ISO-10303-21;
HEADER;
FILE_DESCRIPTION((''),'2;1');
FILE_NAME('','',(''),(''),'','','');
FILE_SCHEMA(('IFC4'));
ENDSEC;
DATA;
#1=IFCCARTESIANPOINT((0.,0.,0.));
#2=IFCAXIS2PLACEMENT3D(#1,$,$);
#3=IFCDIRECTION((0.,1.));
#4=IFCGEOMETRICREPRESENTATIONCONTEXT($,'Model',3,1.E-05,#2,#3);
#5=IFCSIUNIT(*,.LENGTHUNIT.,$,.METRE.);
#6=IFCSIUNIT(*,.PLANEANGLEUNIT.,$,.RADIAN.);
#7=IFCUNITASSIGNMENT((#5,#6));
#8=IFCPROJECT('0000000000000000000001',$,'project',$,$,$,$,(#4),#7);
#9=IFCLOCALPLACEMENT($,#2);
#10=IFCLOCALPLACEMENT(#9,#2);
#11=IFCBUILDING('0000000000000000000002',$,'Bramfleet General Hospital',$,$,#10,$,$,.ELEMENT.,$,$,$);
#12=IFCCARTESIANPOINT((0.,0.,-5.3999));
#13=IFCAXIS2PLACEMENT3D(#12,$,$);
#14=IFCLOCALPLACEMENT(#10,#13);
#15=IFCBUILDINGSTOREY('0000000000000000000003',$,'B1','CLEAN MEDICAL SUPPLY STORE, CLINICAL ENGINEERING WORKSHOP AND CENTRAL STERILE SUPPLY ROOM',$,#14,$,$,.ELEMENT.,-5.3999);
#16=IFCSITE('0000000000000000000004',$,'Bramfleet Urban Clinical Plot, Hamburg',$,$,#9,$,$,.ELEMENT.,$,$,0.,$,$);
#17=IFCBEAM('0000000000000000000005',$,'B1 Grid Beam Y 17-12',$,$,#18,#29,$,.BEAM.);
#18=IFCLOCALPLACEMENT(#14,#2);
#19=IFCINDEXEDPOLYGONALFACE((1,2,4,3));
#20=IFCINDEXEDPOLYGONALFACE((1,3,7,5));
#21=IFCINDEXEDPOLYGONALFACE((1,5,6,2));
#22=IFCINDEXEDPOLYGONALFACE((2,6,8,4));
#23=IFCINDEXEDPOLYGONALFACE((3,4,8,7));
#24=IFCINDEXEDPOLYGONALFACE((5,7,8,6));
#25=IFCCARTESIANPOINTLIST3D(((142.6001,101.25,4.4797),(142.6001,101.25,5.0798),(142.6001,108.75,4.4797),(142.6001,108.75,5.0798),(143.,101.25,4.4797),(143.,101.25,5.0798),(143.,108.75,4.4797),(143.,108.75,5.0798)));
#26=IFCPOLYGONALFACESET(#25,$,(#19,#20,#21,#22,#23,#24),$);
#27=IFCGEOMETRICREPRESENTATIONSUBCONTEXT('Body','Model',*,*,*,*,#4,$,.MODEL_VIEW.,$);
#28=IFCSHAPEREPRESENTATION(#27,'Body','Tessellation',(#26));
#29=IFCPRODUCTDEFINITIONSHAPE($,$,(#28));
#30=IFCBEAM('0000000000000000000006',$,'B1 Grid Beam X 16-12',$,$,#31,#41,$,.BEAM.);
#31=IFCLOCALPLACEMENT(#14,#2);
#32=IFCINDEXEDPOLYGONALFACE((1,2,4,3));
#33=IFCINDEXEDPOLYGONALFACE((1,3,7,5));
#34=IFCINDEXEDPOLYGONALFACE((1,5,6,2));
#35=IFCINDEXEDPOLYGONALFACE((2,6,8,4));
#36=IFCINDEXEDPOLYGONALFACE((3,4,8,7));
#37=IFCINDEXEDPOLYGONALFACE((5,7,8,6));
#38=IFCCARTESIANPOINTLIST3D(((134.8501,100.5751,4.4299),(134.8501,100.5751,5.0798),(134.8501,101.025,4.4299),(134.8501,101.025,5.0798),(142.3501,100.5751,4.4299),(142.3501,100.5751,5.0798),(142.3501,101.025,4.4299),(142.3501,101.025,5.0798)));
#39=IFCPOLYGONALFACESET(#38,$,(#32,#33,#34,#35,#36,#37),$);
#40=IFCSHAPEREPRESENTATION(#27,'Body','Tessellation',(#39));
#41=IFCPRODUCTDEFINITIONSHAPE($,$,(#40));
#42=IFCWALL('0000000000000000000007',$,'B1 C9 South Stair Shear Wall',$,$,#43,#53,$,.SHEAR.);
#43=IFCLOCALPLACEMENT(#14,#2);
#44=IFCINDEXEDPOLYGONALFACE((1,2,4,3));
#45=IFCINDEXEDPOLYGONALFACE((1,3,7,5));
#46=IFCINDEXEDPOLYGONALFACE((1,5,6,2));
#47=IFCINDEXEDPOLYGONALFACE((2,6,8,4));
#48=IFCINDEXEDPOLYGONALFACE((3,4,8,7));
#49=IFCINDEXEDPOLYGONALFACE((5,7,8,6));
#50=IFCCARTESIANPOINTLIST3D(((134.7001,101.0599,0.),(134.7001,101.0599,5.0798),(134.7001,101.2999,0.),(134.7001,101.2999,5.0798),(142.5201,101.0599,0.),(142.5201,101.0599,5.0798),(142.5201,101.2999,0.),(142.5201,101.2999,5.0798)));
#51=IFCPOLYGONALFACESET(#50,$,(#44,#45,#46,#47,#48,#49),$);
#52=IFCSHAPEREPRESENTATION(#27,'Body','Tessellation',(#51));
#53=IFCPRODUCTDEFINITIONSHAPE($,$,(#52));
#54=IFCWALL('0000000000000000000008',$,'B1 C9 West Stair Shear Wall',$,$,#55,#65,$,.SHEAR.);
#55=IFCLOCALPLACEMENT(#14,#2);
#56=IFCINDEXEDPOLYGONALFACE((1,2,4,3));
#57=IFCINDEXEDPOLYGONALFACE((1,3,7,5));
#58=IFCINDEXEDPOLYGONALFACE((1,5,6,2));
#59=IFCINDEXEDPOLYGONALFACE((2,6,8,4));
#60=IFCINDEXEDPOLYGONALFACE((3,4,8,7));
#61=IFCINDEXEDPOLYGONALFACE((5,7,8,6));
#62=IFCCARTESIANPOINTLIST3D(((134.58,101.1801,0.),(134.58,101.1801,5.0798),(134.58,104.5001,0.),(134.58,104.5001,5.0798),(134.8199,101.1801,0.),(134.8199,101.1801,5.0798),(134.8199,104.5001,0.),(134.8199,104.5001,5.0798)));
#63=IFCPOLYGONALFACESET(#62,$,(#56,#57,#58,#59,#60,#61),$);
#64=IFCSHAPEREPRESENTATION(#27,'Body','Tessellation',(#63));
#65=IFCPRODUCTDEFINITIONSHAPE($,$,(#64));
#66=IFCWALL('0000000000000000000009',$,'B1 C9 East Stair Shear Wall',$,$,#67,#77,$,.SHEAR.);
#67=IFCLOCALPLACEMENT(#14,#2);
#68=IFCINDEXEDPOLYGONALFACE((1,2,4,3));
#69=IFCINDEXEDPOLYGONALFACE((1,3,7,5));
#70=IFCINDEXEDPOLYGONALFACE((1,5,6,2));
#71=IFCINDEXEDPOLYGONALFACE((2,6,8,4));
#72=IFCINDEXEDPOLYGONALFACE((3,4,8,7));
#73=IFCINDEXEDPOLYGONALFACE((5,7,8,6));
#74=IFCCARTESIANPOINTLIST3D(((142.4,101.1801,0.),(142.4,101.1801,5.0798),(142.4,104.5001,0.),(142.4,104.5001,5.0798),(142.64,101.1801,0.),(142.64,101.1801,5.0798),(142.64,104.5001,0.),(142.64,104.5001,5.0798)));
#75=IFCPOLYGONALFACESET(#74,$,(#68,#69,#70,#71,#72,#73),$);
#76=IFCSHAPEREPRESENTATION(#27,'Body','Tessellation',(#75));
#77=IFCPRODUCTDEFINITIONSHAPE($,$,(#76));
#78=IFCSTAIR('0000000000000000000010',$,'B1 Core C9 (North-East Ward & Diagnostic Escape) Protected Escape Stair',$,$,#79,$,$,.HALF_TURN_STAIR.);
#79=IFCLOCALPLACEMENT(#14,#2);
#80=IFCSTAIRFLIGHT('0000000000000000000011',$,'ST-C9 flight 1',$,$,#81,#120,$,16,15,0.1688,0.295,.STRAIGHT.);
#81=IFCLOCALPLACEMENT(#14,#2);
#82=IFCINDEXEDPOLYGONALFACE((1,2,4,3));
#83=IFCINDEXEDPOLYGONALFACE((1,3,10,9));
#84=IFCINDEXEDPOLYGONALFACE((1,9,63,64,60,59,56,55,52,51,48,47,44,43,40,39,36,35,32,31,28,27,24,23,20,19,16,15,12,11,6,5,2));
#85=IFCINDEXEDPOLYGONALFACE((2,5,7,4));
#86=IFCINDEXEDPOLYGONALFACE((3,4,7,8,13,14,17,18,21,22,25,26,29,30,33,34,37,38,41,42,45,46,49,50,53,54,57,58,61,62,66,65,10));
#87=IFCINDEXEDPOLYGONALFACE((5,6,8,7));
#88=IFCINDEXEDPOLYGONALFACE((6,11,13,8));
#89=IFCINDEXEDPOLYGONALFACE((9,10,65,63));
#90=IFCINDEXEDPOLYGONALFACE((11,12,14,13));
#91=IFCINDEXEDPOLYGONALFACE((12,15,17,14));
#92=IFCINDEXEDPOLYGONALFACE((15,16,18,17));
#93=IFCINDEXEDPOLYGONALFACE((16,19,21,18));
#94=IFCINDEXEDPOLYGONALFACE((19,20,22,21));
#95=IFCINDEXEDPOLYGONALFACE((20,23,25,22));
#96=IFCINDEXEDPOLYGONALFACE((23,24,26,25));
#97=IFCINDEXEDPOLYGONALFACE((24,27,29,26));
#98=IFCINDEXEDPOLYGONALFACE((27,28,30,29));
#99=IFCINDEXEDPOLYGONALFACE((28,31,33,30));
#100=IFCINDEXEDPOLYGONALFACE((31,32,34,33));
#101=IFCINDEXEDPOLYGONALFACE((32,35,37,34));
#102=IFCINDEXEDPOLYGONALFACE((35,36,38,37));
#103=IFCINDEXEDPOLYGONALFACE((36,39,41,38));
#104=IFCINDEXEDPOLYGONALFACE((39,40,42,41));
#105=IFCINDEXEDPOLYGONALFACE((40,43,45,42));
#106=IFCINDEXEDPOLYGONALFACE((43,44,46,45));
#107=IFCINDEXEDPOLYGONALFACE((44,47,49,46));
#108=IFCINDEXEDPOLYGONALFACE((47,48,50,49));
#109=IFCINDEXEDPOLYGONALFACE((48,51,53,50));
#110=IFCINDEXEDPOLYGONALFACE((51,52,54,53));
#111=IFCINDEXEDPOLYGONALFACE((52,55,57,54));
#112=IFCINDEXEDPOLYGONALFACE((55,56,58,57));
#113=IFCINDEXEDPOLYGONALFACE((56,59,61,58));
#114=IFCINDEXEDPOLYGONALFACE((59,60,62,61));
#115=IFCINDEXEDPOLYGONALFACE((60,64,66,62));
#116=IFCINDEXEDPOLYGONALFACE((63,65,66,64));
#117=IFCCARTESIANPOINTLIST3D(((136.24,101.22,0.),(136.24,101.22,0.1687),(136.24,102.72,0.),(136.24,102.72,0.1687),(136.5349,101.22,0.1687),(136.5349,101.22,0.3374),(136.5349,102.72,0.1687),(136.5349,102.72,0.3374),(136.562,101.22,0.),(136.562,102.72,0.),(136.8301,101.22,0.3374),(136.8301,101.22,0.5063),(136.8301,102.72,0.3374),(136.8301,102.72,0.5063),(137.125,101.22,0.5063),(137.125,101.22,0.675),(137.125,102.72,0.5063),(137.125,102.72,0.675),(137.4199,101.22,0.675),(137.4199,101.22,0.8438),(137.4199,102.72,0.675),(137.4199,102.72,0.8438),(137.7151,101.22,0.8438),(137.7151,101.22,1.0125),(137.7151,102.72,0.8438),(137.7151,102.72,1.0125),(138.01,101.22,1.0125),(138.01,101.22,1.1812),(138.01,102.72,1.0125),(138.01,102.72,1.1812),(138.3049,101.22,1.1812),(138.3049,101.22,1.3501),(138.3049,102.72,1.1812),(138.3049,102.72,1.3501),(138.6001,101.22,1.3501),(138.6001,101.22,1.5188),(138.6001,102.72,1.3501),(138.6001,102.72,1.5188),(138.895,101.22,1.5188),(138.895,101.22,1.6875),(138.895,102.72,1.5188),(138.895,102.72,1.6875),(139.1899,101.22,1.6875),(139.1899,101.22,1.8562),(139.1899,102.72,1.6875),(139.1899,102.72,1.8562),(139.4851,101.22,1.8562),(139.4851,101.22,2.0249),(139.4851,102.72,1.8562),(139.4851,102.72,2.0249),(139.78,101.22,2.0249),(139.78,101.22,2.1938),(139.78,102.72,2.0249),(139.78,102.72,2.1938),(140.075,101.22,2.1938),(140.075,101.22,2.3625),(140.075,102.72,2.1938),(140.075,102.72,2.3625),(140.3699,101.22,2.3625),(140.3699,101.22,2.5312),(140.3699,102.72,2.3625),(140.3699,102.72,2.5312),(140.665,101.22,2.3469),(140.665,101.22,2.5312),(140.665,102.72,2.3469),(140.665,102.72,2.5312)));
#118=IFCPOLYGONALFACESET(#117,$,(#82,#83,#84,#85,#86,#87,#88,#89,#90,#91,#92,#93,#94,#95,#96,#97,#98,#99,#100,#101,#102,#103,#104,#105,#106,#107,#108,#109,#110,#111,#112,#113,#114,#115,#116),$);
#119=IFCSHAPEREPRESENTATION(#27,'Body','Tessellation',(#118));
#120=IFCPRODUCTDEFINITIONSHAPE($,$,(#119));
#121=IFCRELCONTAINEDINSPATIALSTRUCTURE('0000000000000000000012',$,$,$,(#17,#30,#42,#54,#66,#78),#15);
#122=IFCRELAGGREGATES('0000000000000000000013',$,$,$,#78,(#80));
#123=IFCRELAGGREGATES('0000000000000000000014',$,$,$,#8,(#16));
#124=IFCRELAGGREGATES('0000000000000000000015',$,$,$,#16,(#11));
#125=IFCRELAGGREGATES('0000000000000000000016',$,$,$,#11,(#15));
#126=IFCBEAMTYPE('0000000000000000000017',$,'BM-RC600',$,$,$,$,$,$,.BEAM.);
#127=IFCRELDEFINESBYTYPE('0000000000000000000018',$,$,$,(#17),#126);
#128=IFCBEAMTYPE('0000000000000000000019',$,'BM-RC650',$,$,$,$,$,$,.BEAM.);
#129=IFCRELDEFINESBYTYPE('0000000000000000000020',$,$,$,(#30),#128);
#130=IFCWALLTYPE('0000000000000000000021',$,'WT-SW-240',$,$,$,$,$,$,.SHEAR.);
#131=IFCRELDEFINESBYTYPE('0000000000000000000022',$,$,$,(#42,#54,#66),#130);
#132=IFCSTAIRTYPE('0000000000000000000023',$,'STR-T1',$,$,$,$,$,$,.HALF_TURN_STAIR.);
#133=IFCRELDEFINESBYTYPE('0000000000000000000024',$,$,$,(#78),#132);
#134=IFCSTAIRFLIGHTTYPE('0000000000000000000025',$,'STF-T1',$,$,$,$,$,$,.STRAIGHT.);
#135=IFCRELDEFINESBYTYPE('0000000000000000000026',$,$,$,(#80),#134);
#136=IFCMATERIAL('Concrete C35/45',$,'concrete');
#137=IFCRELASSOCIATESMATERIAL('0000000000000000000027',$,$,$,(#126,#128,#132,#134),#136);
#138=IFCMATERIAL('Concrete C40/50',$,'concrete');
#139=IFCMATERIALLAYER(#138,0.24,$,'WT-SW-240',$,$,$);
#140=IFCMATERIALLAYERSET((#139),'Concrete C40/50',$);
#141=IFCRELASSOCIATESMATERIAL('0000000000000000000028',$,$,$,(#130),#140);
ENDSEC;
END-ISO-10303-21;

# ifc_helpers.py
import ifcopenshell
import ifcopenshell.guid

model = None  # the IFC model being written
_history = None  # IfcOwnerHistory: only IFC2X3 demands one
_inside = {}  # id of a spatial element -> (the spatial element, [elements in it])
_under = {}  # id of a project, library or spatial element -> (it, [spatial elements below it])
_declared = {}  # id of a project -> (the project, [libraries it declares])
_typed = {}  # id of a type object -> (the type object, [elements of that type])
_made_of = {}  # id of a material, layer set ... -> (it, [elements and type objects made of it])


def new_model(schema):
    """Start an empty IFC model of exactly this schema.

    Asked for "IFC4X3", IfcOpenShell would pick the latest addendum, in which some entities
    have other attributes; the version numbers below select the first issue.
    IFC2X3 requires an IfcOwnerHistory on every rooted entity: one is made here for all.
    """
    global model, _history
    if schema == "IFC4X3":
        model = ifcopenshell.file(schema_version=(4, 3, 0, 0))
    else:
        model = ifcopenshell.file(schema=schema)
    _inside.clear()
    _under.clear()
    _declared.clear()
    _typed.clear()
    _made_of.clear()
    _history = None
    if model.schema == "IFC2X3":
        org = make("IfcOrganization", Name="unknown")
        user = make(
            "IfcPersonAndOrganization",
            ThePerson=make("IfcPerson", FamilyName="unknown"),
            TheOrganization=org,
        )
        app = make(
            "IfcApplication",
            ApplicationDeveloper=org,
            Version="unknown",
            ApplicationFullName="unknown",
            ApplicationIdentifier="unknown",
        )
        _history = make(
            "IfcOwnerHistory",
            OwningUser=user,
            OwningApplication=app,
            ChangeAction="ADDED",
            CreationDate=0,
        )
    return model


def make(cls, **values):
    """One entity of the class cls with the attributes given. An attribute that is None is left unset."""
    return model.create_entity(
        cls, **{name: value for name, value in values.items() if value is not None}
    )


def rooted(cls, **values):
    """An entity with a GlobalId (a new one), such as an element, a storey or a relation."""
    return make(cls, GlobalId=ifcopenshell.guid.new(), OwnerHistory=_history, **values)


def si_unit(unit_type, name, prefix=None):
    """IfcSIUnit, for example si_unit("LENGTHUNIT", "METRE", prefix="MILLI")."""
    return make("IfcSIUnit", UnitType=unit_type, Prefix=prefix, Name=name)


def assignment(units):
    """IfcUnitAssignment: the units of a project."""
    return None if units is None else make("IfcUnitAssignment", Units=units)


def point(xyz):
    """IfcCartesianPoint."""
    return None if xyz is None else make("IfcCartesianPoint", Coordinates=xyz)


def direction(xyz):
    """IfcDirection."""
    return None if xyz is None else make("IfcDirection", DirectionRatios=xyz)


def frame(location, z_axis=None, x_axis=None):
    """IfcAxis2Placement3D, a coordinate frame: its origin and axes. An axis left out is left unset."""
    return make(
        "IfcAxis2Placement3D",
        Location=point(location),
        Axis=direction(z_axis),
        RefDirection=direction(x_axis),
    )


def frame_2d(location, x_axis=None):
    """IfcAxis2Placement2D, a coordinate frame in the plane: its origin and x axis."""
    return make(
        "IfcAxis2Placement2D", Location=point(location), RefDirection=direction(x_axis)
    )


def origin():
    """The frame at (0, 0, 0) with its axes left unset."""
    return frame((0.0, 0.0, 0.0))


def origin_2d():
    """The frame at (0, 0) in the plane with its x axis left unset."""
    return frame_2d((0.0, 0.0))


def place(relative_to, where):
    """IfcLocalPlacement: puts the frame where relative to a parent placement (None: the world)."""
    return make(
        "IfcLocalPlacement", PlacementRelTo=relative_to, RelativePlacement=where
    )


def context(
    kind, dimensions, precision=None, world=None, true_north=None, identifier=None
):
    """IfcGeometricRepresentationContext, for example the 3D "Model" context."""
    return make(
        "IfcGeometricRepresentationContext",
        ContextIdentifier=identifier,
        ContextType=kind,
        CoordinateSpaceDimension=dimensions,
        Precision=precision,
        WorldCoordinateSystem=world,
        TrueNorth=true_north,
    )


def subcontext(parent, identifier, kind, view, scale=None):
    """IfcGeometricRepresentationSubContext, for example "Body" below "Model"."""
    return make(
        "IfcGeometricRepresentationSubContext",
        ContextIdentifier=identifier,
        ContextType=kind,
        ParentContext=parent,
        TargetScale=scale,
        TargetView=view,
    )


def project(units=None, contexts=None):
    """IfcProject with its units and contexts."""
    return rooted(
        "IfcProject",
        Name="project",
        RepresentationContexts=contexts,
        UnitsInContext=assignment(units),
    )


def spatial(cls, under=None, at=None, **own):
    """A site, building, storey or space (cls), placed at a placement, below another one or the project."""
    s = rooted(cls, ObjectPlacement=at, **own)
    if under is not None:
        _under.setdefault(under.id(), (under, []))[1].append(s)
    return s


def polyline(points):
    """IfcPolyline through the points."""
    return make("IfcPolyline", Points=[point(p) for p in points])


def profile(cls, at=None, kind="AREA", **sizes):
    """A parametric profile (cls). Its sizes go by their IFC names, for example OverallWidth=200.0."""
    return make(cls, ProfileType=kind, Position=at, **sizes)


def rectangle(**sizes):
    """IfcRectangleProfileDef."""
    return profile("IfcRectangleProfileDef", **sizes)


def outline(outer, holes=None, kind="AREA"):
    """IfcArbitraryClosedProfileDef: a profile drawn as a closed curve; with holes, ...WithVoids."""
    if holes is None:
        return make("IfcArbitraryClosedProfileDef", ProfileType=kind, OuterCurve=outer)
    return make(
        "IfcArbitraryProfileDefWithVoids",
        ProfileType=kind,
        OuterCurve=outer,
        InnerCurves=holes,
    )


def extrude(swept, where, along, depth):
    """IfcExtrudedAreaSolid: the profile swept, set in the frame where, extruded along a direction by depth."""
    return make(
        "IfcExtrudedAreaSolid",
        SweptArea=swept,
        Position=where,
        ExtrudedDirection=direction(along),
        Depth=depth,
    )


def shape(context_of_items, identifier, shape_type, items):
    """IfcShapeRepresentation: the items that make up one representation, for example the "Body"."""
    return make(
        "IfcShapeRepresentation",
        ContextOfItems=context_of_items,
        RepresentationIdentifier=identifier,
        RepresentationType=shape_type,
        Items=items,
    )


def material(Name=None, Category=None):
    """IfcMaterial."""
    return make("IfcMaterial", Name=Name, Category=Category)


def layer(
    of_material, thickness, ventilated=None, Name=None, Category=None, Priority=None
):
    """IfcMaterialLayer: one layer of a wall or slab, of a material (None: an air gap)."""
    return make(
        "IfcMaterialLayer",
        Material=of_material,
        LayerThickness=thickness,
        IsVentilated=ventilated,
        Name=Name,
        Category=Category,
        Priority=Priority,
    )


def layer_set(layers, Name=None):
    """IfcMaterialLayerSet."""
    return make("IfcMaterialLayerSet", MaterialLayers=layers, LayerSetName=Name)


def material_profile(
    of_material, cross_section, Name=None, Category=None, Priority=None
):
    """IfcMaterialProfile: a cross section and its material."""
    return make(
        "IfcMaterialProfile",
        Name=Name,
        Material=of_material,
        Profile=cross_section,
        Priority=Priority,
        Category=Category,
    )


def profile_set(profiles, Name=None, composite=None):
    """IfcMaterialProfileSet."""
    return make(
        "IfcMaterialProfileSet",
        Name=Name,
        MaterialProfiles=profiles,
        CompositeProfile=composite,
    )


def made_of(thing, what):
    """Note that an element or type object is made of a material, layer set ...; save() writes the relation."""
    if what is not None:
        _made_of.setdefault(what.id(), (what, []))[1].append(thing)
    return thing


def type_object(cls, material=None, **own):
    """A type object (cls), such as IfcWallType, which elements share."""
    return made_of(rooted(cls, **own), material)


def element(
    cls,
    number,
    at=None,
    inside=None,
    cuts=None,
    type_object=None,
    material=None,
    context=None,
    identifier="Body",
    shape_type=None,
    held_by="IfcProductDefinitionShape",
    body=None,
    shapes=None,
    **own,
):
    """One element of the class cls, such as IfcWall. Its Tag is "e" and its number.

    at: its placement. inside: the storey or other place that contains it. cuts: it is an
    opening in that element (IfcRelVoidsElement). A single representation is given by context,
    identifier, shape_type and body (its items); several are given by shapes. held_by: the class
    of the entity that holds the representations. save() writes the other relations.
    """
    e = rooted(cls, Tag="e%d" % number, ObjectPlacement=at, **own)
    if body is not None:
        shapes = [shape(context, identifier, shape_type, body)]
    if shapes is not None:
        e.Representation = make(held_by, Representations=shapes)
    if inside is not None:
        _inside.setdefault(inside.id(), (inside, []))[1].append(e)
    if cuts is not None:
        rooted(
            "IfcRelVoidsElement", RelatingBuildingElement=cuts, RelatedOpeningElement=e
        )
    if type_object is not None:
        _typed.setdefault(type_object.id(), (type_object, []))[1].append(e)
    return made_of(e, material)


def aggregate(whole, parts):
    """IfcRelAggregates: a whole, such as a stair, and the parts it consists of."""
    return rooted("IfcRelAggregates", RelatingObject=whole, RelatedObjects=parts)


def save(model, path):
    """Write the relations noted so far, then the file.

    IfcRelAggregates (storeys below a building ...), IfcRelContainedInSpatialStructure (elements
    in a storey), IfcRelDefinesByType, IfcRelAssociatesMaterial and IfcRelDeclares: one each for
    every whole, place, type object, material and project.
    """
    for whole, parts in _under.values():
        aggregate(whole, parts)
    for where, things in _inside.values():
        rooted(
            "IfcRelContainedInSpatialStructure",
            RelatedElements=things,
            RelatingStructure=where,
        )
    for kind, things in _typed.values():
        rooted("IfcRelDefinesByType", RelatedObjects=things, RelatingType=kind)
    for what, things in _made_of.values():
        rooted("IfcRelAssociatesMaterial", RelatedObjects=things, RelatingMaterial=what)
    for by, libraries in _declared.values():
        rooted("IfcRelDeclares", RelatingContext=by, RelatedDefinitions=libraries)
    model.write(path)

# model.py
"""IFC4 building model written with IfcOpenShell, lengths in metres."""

from ifc_helpers import new_model, si_unit, direction, frame, frame_2d, origin, origin_2d, place, context, subcontext, project, spatial, polyline, rectangle, outline, extrude, material, layer, layer_set, material_profile, profile_set, type_object, element, aggregate, save


model = new_model("IFC4")

# Units and contexts
model_context = context("Model", 3, precision=1e-05, world=origin(), true_north=direction((0.0, 1.0)))
body_context = subcontext(model_context, "Body", "Model", "MODEL_VIEW")
ifc_project = project(units=[si_unit("LENGTHUNIT", "METRE"), si_unit("PLANEANGLEUNIT", "RADIAN")], contexts=[model_context])

# Site, building, storey
site_placement = place(None, origin())
site = spatial("IfcSite", under=ifc_project, at=site_placement, Name="Bramfleet Urban Clinical Plot, Hamburg", CompositionType="ELEMENT", RefElevation=0.0)
building_placement = place(site_placement, origin())
building = spatial("IfcBuilding", under=site, at=building_placement, Name="Bramfleet General Hospital", CompositionType="ELEMENT")
storey_placement = place(building_placement, frame((0.0, 0.0, -5.3999)))
storey = spatial("IfcBuildingStorey", under=building, at=storey_placement, Name="B1", Description="CLEAN MEDICAL SUPPLY STORE, CLINICAL ENGINEERING WORKSHOP AND CENTRAL STERILE SUPPLY ROOM", CompositionType="ELEMENT", Elevation=-5.3999)

# Shared definitions
ifc_material_1 = material(Name="Concrete C35/45", Category="concrete")

# Shared definitions
ifc_material_2 = material(Name="Concrete C40/50", Category="concrete")

# Beams
ifc_material_profile_1 = material_profile(ifc_material_1, rectangle(XDim=0.3999, YDim=0.6001, at=origin_2d()), Name="RC BM 600x400")
ifc_profile_set_1 = profile_set([ifc_material_profile_1], Name="Concrete C35/45")
beam_type_1 = type_object("IfcBeamType", Name="BM-RC600", PredefinedType="BEAM", material=ifc_profile_set_1)
for number, where, z_axis, x_axis, name in (
    (1, (142.8, 101.25, 4.7798), (0.0, 1.0, 0.0), (-1.0, 0.0, 0.0), "B1 Grid Beam Y 17-12"),
):
    element("IfcBeam", number, at=place(storey_placement, frame(where, z_axis=z_axis, x_axis=x_axis)), inside=storey, type_object=beam_type_1, Name=name, PredefinedType="BEAM", context=body_context, shape_type="SweptSolid", body=[
        extrude(rectangle(XDim=0.3999, YDim=0.6001, at=origin_2d()), origin(), (0.0, 0.0, 1.0), 7.5),
    ])
ifc_material_profile_2 = material_profile(ifc_material_1, rectangle(XDim=0.45, YDim=0.6499, at=origin_2d()), Name="RC BM 650x450")
ifc_profile_set_2 = profile_set([ifc_material_profile_2], Name="Concrete C35/45")
beam_type_2 = type_object("IfcBeamType", Name="BM-RC650", PredefinedType="BEAM", material=ifc_profile_set_2)
beam_placement = place(storey_placement, frame((134.8501, 100.8, 4.7549), z_axis=(1.0, 0.0, 0.0), x_axis=(0.0, 1.0, 0.0)))
element("IfcBeam", 2, at=beam_placement, inside=storey, type_object=beam_type_2, Name="B1 Grid Beam X 16-12", PredefinedType="BEAM", context=body_context, shape_type="SweptSolid", body=[
    extrude(rectangle(XDim=0.45, YDim=0.6499, at=origin_2d()), origin(), (0.0, 0.0, 1.0), 7.5),
])

# Walls
ifc_layer = layer(ifc_material_2, 0.24, Name="WT-SW-240")
ifc_layer_set = layer_set([ifc_layer], Name="Concrete C40/50")
wall_type = type_object("IfcWallType", Name="WT-SW-240", PredefinedType="SHEAR", material=ifc_layer_set)
wall_placement = place(storey_placement, frame((134.7, 101.1799, 0.0), z_axis=(0.0, 0.0, 1.0), x_axis=(1.0, 0.0, 0.0)))
element("IfcWall", 3, at=wall_placement, inside=storey, type_object=wall_type, Name="B1 C9 South Stair Shear Wall", PredefinedType="SHEAR", context=body_context, shape_type="SweptSolid", body=[
    extrude(rectangle(XDim=7.8201, YDim=0.24, at=frame_2d((3.9102, 0.0))), origin(), (0.0, 0.0, 1.0), 5.0798),
])
for number, where, z_axis, x_axis, name in (
    (4, (134.7, 101.1799, 0.0), (0.0, 0.0, 1.0), (0.0, 1.0, 0.0), "B1 C9 West Stair Shear Wall"),
    (5, (142.52, 101.1799, 0.0), (0.0, 0.0, 1.0), (0.0, 1.0, 0.0), "B1 C9 East Stair Shear Wall"),
):
    element("IfcWall", number, at=place(storey_placement, frame(where, z_axis=z_axis, x_axis=x_axis)), inside=storey, type_object=wall_type, Name=name, PredefinedType="SHEAR", context=body_context, shape_type="SweptSolid", body=[
        extrude(rectangle(XDim=3.3201, YDim=0.24, at=frame_2d((1.6602, 0.0))), origin(), (0.0, 0.0, 1.0), 5.0798),
    ])

# Stair, stair flight
stair_type = type_object("IfcStairType", Name="STR-T1", PredefinedType="HALF_TURN_STAIR", material=ifc_material_1)
stair_placement = place(storey_placement, origin())
stair = element("IfcStair", 6, at=stair_placement, inside=storey, type_object=stair_type, Name="B1 Core C9 (North-East Ward & Diagnostic Escape) Protected Escape Stair", PredefinedType="HALF_TURN_STAIR")
stair_flight_type = type_object("IfcStairFlightType", Name="STF-T1", PredefinedType="STRAIGHT", material=ifc_material_1)
stair_flight_placement = place(storey_placement, frame((136.24, 101.97, 0.0), z_axis=(0.0, 0.0, 1.0), x_axis=(1.0, 0.0, 0.0)))
stair_flight = element("IfcStairFlight", 7, at=stair_flight_placement, type_object=stair_flight_type, Name="ST-C9 flight 1", NumberOfRisers=16, NumberOfTreads=15, PredefinedType="STRAIGHT", RiserHeight=0.1688, TreadLength=0.295, context=body_context, shape_type="SweptSolid", body=[
    extrude(outline(polyline([(0.0, 0.0), (0.0, 0.1687), (0.2949, 0.1687), (0.2949, 0.3374), (0.5901, 0.3374), (0.5901, 0.5063), (0.885, 0.5063), (0.885, 0.675), (1.1799, 0.675), (1.1799, 0.8438), (1.4751, 0.8438), (1.4751, 1.0125), (1.77, 1.0125), (1.77, 1.1812), (2.0649, 1.1812), (2.0649, 1.3501), (2.3601, 1.3501), (2.3601, 1.5188), (2.655, 1.5188), (2.655, 1.6875), (2.95, 1.6875), (2.95, 1.8562), (3.2451, 1.8562), (3.2451, 2.0249), (3.54, 2.0249), (3.54, 2.1938), (3.835, 2.1938), (3.835, 2.3625), (4.1299, 2.3625), (4.1299, 2.5312), (4.425, 2.5312), (4.425, 2.7), (4.425, 2.3469), (0.322, 0.0), (0.0, 0.0)])), frame((0.0, 0.75, 0.0), z_axis=(0.0, -1.0, 0.0), x_axis=(1.0, 0.0, 0.0)), (0.0, 0.0, 1.0), 1.5),
])
aggregate(stair, [stair_flight])

save(model, "model.ifc")
